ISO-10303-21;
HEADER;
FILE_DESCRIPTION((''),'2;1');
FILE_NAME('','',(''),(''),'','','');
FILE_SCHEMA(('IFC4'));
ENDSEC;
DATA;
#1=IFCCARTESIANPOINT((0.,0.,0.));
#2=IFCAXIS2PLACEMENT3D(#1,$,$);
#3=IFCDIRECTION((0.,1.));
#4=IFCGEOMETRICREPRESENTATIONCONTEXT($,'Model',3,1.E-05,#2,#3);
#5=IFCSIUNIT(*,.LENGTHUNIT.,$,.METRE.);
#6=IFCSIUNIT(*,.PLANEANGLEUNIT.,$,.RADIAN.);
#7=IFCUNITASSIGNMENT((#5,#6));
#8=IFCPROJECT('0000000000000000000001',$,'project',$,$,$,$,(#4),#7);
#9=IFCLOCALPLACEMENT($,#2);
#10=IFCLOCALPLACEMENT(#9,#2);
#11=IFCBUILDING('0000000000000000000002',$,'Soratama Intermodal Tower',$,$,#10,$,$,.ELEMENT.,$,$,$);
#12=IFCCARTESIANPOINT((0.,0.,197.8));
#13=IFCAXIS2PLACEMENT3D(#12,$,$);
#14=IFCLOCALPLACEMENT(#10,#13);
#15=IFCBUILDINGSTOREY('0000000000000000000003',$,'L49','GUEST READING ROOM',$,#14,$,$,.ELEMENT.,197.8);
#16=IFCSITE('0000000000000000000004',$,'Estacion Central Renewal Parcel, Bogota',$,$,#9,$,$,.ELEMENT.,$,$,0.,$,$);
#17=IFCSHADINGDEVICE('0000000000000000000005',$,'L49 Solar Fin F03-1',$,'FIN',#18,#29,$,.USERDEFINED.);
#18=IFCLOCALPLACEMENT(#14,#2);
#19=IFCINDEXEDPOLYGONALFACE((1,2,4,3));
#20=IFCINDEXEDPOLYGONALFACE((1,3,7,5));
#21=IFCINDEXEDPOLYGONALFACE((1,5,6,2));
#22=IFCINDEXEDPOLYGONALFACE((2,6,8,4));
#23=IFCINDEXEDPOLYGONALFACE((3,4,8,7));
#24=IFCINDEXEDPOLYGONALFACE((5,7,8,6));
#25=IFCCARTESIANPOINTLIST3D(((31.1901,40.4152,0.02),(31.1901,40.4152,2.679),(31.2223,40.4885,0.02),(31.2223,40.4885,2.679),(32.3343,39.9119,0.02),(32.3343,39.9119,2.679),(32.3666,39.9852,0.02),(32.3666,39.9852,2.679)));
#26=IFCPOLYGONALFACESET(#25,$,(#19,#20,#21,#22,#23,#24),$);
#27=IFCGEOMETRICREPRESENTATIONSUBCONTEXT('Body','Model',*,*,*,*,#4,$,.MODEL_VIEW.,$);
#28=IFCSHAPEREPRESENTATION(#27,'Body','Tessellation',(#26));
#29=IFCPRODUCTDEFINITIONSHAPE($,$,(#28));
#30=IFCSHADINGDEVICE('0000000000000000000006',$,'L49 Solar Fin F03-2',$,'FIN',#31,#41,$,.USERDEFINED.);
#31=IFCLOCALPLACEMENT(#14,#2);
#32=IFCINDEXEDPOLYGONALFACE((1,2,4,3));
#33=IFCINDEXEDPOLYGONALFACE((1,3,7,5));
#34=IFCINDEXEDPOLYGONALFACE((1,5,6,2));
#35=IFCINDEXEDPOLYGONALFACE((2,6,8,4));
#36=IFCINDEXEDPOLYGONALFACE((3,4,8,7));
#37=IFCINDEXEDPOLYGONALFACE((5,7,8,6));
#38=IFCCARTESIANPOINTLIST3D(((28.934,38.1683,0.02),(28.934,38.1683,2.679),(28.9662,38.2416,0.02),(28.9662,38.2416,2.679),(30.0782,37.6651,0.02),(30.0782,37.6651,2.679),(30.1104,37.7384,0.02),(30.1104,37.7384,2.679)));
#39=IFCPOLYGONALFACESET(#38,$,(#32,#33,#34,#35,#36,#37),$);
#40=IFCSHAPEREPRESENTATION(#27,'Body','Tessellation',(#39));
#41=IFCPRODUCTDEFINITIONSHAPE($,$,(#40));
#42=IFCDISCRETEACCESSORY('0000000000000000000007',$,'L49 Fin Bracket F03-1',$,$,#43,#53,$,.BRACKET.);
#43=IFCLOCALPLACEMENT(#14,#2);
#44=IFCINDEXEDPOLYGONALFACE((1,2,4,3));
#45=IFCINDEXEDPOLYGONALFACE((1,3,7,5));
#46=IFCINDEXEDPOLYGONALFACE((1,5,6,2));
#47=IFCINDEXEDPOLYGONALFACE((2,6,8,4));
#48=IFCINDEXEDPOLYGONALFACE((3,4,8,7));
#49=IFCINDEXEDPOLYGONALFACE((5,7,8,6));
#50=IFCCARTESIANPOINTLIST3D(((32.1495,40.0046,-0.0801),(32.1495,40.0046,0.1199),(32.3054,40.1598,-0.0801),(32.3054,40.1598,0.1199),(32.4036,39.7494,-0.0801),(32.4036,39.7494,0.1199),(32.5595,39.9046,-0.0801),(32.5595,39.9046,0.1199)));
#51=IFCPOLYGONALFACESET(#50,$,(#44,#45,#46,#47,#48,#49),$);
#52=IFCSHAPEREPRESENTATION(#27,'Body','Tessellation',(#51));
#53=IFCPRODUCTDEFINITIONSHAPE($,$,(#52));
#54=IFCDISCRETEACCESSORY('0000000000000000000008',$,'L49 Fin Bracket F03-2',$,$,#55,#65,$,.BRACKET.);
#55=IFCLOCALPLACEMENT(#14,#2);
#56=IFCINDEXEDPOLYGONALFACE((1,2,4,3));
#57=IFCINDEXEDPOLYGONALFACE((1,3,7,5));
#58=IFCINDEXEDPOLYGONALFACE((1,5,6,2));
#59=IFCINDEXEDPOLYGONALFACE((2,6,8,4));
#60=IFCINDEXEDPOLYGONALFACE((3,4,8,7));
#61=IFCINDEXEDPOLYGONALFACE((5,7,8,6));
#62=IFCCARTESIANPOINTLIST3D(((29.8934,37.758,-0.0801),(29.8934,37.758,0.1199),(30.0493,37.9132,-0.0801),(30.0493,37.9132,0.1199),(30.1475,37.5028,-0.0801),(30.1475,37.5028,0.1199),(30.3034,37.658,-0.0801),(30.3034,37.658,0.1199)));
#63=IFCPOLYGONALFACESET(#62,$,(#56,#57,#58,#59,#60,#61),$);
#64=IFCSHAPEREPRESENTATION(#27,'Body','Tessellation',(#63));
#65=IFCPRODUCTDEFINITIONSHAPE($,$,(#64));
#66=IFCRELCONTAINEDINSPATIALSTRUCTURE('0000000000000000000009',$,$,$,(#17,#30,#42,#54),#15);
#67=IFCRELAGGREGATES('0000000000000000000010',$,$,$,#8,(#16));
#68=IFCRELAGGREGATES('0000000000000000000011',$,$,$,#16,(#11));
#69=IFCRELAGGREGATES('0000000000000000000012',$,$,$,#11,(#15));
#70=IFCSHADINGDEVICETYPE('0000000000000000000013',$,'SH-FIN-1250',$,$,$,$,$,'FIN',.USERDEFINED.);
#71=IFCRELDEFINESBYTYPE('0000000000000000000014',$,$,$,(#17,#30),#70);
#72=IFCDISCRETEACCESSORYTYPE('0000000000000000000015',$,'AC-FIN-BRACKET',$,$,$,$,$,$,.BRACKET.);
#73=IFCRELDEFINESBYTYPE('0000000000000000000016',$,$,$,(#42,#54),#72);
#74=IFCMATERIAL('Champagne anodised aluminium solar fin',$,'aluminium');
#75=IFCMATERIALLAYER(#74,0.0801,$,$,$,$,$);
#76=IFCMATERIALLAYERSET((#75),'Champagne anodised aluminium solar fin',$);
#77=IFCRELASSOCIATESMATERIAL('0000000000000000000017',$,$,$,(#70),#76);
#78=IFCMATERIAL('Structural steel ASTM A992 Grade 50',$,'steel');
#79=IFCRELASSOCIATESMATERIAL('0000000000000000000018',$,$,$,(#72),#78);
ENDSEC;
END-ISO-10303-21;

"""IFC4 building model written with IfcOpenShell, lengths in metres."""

from ifc_helpers import new_model, si_unit, direction, frame, origin, origin_2d, place, context, subcontext, project, spatial, rectangle, extrude, material, layer, layer_set, type_object, element, save


model = new_model("IFC4")

# Units and contexts
model_context = context("Model", 3, precision=1e-05, world=origin(), true_north=direction((0.0, 1.0)))
body_context = subcontext(model_context, "Body", "Model", "MODEL_VIEW")
ifc_project = project(units=[si_unit("LENGTHUNIT", "METRE"), si_unit("PLANEANGLEUNIT", "RADIAN")], contexts=[model_context])

# Site, building, storey
site_placement = place(None, origin())
site = spatial("IfcSite", under=ifc_project, at=site_placement, Name="Estacion Central Renewal Parcel, Bogota", CompositionType="ELEMENT", RefElevation=0.0)
building_placement = place(site_placement, origin())
building = spatial("IfcBuilding", under=site, at=building_placement, Name="Soratama Intermodal Tower", CompositionType="ELEMENT")
storey_placement = place(building_placement, frame((0.0, 0.0, 197.8)))
storey = spatial("IfcBuildingStorey", under=building, at=storey_placement, Name="L49", Description="GUEST READING ROOM", CompositionType="ELEMENT", Elevation=197.8)

# Shading devices
ifc_material_1 = material(Name="Champagne anodised aluminium solar fin", Category="aluminium")
ifc_layer_1 = layer(ifc_material_1, 0.0801)
ifc_layer_set_1 = layer_set([ifc_layer_1], Name="Champagne anodised aluminium solar fin")
shading_device_type = type_object("IfcShadingDeviceType", Name="SH-FIN-1250", ElementType="FIN", PredefinedType="USERDEFINED", material=ifc_layer_set_1)
for number, where, z_axis, x_axis, name in (
    (1, (31.7783, 40.2002, 0.02), (0.0, 0.0, 1.0), (-0.915382, 0.402587, 0.0), "L49 Solar Fin F03-1"),
    (2, (29.5222, 37.9534, 0.02), (0.0, 0.0, 1.0), (-0.915382, 0.402587, 0.0), "L49 Solar Fin F03-2"),
):
    element("IfcShadingDevice", number, at=place(storey_placement, frame(where, z_axis=z_axis, x_axis=x_axis)), inside=storey, type_object=shading_device_type, Name=name, ObjectType="FIN", PredefinedType="USERDEFINED", context=body_context, shape_type="SweptSolid", body=[
        extrude(rectangle(XDim=1.25, YDim=0.0801, at=origin_2d()), origin(), (0.0, 0.0, 1.0), 2.6589),
    ])

# Discrete accessories
ifc_material_2 = material(Name="Structural steel ASTM A992 Grade 50", Category="steel")
discrete_accessory_type = type_object("IfcDiscreteAccessoryType", Name="AC-FIN-BRACKET", PredefinedType="BRACKET", material=ifc_material_2)
for number, where, z_axis, x_axis, name in (
    (3, (32.3545, 39.9546, -0.0801), (0.0, 0.0, 1.0), (-0.705624, 0.708586, 0.0), "L49 Fin Bracket F03-1"),
    (4, (30.0984, 37.708, -0.0801), (0.0, 0.0, 1.0), (-0.705624, 0.708586, 0.0), "L49 Fin Bracket F03-2"),
):
    element("IfcDiscreteAccessory", number, at=place(storey_placement, frame(where, z_axis=z_axis, x_axis=x_axis)), inside=storey, type_object=discrete_accessory_type, Name=name, PredefinedType="BRACKET", context=body_context, shape_type="SweptSolid", body=[
        extrude(rectangle(XDim=0.3601, YDim=0.22, at=origin_2d()), origin(), (0.0, 0.0, 1.0), 0.2),
    ])

save(model, "model.ifc")
